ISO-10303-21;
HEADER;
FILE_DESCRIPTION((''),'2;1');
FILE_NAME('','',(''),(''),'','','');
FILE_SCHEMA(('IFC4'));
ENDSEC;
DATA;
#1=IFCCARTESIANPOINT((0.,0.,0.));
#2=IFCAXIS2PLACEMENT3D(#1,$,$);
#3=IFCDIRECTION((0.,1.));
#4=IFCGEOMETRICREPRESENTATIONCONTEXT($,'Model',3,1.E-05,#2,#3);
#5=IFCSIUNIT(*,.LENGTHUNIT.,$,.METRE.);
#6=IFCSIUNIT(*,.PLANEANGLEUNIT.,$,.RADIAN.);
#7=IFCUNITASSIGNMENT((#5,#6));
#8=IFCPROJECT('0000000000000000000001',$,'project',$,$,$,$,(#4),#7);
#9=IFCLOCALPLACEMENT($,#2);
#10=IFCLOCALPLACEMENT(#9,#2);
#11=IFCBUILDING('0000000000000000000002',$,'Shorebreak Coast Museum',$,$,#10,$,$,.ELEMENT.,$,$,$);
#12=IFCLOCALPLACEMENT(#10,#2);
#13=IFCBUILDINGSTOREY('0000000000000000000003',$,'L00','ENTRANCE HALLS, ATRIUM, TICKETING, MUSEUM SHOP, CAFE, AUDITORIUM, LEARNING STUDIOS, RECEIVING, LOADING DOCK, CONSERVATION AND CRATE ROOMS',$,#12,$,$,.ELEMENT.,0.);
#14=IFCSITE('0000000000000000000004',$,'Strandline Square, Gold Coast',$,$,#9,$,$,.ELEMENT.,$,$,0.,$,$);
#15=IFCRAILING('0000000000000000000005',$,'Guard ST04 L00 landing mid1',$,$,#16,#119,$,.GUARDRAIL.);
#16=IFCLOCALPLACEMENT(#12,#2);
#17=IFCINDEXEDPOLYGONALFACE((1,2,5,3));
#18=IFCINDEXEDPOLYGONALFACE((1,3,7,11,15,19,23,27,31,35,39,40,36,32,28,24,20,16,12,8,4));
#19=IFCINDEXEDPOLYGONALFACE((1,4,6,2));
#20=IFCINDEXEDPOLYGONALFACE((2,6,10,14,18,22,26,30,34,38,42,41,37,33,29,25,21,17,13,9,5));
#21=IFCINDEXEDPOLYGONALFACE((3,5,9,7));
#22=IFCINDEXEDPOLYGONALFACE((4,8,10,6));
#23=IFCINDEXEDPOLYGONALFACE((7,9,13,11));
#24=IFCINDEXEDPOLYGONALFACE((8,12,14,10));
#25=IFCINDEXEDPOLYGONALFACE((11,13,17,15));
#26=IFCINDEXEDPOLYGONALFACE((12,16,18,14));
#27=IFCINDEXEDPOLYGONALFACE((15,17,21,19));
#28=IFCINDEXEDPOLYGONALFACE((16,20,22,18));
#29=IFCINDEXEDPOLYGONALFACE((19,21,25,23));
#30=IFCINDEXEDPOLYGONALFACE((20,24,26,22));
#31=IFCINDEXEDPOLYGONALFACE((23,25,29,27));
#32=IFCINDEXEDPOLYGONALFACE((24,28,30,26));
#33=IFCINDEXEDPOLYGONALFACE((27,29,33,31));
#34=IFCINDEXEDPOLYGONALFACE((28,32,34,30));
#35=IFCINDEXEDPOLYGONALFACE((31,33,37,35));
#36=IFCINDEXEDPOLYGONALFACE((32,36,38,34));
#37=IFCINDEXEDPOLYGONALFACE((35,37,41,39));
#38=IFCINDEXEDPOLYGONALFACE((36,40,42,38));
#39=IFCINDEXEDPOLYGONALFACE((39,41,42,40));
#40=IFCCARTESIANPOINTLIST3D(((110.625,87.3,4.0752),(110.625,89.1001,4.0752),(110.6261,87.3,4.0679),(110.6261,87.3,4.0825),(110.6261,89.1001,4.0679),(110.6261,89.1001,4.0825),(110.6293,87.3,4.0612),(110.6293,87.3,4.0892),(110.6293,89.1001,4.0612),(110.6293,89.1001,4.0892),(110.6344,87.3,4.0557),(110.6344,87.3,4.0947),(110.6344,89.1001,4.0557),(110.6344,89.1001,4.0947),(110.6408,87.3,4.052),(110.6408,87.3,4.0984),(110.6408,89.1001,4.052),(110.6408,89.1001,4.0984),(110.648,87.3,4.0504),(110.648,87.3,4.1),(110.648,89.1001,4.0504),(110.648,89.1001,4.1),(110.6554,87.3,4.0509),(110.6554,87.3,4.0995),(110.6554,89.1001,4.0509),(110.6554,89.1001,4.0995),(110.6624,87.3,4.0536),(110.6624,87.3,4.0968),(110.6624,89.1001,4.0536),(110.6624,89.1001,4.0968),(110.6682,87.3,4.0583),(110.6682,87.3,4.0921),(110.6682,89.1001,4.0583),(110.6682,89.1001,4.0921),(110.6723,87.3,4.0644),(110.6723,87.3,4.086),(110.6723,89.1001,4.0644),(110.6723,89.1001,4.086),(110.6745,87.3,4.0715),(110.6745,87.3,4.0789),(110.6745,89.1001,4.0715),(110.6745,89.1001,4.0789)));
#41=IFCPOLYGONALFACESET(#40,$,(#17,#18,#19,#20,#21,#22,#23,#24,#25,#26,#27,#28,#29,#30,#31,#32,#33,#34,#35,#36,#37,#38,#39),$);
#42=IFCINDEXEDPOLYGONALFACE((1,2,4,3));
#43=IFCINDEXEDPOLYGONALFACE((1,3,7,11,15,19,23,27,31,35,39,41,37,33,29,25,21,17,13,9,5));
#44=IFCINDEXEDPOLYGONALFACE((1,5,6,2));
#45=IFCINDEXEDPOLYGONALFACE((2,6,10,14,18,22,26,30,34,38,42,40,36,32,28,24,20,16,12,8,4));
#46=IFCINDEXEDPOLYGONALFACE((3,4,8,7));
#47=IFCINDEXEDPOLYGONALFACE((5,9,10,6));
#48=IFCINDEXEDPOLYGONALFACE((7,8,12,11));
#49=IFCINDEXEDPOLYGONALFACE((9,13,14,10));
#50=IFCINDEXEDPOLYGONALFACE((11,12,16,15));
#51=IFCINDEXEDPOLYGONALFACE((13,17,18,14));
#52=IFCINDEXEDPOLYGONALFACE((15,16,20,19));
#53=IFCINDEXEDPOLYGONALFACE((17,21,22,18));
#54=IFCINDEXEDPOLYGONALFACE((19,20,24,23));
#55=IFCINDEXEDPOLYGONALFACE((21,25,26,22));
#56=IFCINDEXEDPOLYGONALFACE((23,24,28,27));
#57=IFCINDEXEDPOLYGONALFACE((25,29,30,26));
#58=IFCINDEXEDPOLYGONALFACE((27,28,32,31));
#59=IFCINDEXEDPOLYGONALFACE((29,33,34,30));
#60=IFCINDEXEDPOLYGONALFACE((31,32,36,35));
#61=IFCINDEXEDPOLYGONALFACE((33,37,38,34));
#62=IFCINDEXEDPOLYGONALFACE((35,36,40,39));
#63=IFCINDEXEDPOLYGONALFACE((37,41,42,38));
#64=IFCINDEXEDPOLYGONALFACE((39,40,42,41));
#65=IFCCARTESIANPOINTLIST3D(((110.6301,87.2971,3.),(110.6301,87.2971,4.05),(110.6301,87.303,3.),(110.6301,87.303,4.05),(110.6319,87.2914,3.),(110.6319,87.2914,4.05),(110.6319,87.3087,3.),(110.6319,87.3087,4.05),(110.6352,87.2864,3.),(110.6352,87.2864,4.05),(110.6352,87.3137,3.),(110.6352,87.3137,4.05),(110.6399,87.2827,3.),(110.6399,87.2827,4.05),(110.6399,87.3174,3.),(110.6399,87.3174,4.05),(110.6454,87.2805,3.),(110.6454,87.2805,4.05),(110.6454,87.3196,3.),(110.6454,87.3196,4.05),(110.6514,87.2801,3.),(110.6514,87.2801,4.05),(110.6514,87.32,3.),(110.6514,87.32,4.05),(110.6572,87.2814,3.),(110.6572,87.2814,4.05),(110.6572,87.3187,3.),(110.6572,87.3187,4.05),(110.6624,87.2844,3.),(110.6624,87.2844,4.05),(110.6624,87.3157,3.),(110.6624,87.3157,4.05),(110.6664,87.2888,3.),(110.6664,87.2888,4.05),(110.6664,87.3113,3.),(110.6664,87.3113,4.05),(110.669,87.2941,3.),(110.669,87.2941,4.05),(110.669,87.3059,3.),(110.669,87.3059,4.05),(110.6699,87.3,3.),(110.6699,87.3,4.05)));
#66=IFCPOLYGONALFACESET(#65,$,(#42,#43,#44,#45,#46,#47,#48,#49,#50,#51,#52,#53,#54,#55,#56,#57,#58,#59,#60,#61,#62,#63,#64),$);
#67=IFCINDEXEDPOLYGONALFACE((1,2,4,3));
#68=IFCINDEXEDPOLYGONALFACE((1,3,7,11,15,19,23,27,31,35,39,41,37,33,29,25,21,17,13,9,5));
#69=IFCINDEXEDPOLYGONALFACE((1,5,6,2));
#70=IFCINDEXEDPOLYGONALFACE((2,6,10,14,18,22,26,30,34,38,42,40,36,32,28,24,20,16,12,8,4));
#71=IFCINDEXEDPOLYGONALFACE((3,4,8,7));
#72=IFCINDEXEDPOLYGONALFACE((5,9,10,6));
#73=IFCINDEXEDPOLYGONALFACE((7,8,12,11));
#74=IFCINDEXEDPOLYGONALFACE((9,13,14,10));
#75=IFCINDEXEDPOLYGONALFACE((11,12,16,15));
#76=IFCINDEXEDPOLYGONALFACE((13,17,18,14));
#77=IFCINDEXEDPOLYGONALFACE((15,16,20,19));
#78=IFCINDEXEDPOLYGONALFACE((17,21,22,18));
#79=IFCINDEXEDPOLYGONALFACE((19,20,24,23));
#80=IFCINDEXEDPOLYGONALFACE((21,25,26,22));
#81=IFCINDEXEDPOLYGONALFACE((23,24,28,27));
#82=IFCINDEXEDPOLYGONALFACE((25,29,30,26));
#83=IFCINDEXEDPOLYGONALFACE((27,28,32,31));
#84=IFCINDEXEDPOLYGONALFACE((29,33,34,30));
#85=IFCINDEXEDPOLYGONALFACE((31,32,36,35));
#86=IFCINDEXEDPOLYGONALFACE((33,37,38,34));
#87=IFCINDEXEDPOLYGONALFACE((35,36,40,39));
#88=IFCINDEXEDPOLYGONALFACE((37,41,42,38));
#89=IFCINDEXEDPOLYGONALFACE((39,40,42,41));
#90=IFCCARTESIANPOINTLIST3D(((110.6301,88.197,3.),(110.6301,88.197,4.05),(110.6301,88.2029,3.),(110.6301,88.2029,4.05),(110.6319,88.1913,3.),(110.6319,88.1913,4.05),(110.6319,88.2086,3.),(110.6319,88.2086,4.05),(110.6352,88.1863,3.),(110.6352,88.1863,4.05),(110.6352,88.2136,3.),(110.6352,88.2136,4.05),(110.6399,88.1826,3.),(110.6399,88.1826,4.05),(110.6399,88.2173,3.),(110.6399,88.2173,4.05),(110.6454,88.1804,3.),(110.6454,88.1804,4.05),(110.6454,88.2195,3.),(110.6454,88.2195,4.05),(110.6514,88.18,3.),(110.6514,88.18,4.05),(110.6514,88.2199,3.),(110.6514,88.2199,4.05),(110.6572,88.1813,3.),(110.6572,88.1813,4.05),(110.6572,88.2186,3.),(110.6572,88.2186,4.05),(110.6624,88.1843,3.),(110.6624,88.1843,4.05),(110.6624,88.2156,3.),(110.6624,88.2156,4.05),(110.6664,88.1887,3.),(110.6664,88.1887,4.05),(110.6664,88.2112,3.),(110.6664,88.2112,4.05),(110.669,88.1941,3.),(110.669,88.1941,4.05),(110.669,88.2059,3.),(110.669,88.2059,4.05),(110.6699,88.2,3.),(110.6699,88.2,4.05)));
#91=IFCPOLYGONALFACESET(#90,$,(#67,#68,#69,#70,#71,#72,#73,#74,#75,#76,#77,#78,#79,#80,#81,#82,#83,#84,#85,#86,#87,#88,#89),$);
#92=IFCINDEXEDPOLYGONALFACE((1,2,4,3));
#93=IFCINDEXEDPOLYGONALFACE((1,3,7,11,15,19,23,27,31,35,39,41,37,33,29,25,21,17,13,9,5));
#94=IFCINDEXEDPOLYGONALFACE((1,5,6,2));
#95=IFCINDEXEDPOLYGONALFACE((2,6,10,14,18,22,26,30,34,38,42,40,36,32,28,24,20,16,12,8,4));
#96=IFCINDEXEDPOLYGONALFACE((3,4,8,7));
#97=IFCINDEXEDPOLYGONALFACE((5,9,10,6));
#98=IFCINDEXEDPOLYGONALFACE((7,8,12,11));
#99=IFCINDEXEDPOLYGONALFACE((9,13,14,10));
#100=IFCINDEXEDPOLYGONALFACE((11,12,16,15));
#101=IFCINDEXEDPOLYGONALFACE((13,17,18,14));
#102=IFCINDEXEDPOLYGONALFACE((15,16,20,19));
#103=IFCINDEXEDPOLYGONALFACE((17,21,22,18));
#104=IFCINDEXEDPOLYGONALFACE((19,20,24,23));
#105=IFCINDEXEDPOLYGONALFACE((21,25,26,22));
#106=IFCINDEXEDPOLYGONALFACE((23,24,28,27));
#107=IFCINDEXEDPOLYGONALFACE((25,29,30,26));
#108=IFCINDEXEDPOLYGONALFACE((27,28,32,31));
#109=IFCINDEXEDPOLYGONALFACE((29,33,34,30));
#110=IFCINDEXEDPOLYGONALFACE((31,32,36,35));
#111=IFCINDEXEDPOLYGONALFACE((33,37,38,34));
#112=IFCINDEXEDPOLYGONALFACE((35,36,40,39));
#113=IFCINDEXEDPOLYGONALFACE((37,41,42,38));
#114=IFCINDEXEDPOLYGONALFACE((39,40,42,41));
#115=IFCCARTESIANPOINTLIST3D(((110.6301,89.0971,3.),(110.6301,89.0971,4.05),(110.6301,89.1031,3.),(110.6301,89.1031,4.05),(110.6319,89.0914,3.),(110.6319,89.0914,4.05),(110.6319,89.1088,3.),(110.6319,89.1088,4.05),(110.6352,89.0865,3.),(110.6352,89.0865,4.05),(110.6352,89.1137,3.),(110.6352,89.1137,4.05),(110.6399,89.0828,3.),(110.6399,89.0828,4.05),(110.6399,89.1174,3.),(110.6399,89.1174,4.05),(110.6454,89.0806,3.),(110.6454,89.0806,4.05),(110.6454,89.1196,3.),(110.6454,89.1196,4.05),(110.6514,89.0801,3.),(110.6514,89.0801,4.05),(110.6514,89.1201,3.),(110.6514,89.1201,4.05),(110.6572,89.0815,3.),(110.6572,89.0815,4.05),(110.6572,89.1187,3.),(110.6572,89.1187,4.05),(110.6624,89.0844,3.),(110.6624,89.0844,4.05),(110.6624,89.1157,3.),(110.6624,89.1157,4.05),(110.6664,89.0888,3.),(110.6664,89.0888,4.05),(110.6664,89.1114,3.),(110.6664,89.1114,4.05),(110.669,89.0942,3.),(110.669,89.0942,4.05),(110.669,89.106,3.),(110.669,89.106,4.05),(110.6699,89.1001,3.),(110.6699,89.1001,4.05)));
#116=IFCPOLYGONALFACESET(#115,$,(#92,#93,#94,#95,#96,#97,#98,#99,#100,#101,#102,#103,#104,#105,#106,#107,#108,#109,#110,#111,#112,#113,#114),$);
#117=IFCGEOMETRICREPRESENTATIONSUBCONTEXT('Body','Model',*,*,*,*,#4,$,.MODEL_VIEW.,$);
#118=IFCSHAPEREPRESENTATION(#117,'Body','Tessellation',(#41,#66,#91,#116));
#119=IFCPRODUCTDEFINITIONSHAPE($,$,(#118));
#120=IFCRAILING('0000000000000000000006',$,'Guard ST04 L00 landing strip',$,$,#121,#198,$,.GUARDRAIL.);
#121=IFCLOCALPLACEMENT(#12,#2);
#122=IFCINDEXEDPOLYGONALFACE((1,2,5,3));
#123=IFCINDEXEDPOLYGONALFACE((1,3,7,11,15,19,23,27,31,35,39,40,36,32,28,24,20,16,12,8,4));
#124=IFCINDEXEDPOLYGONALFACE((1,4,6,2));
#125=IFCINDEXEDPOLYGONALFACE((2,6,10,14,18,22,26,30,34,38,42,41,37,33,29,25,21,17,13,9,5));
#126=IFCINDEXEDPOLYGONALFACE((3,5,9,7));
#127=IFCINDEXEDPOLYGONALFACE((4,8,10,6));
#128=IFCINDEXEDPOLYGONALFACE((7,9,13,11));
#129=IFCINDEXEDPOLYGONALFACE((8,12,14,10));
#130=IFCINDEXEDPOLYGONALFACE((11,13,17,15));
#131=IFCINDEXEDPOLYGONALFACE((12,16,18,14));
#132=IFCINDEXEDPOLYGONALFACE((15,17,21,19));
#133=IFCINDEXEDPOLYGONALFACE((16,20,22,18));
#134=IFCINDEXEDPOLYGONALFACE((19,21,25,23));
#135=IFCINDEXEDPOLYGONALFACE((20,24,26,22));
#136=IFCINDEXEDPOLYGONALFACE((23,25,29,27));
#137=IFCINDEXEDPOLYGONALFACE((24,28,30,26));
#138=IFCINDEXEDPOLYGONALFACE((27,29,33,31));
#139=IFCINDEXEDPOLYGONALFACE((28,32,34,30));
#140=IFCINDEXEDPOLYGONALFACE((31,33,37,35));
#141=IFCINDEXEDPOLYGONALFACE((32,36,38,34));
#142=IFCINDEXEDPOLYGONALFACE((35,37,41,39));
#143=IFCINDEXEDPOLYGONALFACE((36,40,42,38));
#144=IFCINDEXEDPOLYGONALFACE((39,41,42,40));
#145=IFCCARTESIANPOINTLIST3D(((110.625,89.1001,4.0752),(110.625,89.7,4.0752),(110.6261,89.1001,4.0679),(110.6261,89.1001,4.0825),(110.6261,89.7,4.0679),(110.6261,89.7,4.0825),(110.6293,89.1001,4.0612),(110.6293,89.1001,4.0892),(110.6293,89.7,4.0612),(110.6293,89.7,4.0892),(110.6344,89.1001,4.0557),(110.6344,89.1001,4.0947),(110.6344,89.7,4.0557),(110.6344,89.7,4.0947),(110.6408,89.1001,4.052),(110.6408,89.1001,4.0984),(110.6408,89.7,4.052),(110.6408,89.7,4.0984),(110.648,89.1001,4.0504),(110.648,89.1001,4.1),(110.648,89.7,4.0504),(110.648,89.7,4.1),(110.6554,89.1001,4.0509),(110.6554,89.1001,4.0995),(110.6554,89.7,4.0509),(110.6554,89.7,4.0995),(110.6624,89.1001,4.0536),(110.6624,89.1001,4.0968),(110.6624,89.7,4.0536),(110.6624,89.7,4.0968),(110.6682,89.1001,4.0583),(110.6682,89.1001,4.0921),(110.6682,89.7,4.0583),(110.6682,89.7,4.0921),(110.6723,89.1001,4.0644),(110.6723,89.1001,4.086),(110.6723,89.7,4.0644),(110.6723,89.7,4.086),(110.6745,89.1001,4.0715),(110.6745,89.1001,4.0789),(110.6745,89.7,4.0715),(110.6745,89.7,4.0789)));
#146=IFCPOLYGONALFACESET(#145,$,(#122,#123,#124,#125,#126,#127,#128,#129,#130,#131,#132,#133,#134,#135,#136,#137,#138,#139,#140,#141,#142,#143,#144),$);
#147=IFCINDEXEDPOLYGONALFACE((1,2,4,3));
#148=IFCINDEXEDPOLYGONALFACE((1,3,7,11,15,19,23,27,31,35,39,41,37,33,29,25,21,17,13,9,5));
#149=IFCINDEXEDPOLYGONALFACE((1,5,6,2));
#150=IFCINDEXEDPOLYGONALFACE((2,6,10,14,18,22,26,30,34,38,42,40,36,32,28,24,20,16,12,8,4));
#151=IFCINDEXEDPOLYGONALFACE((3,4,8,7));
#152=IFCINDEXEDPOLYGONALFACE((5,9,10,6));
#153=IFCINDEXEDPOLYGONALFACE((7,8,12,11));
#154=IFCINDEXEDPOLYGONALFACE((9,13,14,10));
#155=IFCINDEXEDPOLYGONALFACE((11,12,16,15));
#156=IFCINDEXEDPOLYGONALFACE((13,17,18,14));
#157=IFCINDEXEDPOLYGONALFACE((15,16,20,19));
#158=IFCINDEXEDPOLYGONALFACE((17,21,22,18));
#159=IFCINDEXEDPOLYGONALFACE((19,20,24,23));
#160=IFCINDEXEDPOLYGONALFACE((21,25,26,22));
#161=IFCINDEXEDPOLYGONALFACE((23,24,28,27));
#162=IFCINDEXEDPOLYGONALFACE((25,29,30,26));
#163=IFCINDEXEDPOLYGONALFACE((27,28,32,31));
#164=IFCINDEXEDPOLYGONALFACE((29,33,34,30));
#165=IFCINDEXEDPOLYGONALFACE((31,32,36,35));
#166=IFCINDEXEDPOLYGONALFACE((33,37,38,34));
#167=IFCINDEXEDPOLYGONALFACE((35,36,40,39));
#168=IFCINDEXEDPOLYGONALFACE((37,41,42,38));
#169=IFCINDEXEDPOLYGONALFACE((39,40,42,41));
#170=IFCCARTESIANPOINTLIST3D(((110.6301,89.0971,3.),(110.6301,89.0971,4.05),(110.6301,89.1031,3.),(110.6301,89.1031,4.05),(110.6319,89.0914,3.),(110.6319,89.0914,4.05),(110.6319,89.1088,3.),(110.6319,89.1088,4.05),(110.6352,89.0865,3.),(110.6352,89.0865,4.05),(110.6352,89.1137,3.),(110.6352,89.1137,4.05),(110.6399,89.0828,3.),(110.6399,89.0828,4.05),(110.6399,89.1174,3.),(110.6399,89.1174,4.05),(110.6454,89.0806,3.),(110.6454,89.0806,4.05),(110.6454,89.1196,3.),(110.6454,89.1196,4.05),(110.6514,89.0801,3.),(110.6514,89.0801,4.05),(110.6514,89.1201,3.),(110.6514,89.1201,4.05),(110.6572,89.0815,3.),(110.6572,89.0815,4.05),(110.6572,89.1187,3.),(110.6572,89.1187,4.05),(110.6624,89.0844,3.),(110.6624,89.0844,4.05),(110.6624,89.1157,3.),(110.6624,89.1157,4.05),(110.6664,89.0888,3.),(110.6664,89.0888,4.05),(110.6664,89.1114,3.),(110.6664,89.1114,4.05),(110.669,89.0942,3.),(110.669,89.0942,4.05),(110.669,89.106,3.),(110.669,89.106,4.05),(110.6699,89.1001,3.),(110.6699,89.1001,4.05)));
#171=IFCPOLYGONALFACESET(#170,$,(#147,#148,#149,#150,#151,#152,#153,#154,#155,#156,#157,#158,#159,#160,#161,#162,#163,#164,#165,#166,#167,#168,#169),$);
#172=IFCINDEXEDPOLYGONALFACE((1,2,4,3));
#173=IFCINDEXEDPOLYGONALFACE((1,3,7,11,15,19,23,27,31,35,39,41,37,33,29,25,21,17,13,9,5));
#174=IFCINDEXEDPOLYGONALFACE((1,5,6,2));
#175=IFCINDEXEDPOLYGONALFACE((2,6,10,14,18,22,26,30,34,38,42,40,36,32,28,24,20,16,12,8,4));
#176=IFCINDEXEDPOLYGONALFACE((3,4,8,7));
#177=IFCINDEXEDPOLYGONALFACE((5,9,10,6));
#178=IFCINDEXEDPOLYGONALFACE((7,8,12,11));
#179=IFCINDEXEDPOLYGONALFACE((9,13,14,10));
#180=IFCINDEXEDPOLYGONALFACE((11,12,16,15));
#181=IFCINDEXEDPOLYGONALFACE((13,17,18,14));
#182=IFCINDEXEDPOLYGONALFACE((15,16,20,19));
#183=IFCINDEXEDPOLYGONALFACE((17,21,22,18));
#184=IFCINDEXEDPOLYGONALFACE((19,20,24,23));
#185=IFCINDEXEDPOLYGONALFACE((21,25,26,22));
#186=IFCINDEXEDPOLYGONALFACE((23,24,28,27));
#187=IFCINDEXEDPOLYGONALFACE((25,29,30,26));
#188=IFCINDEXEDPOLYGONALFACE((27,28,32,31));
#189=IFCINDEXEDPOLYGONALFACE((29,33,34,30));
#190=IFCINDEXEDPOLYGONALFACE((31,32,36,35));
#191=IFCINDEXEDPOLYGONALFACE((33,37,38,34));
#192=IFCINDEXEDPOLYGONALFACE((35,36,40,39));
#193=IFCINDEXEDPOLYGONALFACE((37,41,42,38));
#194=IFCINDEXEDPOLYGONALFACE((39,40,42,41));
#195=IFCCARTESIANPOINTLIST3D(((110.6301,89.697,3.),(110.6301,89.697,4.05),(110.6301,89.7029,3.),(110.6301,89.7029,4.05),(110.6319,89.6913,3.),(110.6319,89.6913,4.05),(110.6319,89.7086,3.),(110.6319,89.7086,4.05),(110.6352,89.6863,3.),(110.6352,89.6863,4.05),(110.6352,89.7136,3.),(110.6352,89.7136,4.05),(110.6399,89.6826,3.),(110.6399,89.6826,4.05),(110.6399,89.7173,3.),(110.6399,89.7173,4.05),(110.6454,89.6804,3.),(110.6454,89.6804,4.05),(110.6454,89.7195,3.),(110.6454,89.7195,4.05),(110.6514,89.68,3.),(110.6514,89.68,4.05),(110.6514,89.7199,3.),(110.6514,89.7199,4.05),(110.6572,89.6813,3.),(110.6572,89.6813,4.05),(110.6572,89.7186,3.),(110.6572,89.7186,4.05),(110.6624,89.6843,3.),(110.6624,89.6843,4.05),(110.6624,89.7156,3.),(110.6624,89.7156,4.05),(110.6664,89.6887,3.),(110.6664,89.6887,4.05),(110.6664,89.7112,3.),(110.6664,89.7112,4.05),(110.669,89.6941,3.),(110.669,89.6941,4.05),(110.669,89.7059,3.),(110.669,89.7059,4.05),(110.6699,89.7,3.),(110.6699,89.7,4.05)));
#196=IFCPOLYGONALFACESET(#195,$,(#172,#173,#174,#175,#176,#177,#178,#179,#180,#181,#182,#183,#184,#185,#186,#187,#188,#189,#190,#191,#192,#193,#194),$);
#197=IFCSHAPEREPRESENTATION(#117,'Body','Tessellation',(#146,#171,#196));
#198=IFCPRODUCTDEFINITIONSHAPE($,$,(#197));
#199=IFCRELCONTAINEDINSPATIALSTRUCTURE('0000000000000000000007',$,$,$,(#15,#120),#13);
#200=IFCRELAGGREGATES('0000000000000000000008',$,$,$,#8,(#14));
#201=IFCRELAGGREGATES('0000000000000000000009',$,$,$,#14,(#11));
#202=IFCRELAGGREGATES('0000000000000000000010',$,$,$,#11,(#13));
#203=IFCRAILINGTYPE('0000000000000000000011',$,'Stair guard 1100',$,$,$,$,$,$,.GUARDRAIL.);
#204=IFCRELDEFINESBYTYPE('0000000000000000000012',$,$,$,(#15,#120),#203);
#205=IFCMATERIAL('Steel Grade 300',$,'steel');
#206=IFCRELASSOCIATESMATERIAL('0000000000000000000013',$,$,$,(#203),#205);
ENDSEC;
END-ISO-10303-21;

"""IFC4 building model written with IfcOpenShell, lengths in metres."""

from ifc_helpers import new_model, si_unit, direction, frame, origin, origin_2d, place, context, subcontext, project, spatial, circle, extrude, material, type_object, element, save


model = new_model("IFC4")

# Units and contexts
model_context = context("Model", 3, precision=1e-05, world=origin(), true_north=direction((0.0, 1.0)))
body_context = subcontext(model_context, "Body", "Model", "MODEL_VIEW")
ifc_project = project(units=[si_unit("LENGTHUNIT", "METRE"), si_unit("PLANEANGLEUNIT", "RADIAN")], contexts=[model_context])

# Site, building, storey
site_placement = place(None, origin())
site = spatial("IfcSite", under=ifc_project, at=site_placement, Name="Strandline Square, Gold Coast", CompositionType="ELEMENT", RefElevation=0.0)
building_placement = place(site_placement, origin())
building = spatial("IfcBuilding", under=site, at=building_placement, Name="Shorebreak Coast Museum", CompositionType="ELEMENT")
storey_placement = place(building_placement, origin())
storey = spatial("IfcBuildingStorey", under=building, at=storey_placement, Name="L00", Description="ENTRANCE HALLS, ATRIUM, TICKETING, MUSEUM SHOP, CAFE, AUDITORIUM, LEARNING STUDIOS, RECEIVING, LOADING DOCK, CONSERVATION AND CRATE ROOMS", CompositionType="ELEMENT", Elevation=0.0)

# Railings
ifc_material_1 = material(Name="Steel Grade 300", Category="steel")
railing_type_1 = type_object("IfcRailingType", Name="Stair guard 1100", PredefinedType="GUARDRAIL", material=ifc_material_1)
railing_1_placement = place(storey_placement, frame((110.6499, 87.3, 3.0)))
element("IfcRailing", 1, at=railing_1_placement, inside=storey, type_object=railing_type_1, Name="Guard ST04 L00 landing mid1", PredefinedType="GUARDRAIL", context=body_context, shape_type="SweptSolid", body=[
    extrude(circle(Radius=0.0249, at=origin_2d()), frame((0.0, 0.0, 1.0752), z_axis=(0.0, 1.0, 0.0), x_axis=(-1.0, 0.0, 0.0)), (0.0, 0.0, 1.0), 1.8),
    extrude(circle(Radius=0.02, at=origin_2d()), origin(), (0.0, 0.0, 1.0), 1.05),
    extrude(circle(Radius=0.02, at=origin_2d()), frame((0.0, 0.8999, 0.0)), (0.0, 0.0, 1.0), 1.05),
    extrude(circle(Radius=0.02, at=origin_2d()), frame((0.0, 1.8, 0.0)), (0.0, 0.0, 1.0), 1.05),
])
for number, where, name in (
    (2, (110.6499, 89.1001, 3.0), "Guard ST04 L00 landing strip"),
):
    element("IfcRailing", number, at=place(storey_placement, frame(where)), inside=storey, type_object=railing_type_1, Name=name, PredefinedType="GUARDRAIL", context=body_context, shape_type="SweptSolid", body=[
        extrude(circle(Radius=0.0249, at=origin_2d()), frame((0.0, 0.0, 1.0752), z_axis=(0.0, 1.0, 0.0), x_axis=(-1.0, 0.0, 0.0)), (0.0, 0.0, 1.0), 0.5999),
        extrude(circle(Radius=0.02, at=origin_2d()), origin(), (0.0, 0.0, 1.0), 1.05),
        extrude(circle(Radius=0.02, at=origin_2d()), frame((0.0, 0.5999, 0.0)), (0.0, 0.0, 1.0), 1.05),
    ])

save(model, "model.ifc")
